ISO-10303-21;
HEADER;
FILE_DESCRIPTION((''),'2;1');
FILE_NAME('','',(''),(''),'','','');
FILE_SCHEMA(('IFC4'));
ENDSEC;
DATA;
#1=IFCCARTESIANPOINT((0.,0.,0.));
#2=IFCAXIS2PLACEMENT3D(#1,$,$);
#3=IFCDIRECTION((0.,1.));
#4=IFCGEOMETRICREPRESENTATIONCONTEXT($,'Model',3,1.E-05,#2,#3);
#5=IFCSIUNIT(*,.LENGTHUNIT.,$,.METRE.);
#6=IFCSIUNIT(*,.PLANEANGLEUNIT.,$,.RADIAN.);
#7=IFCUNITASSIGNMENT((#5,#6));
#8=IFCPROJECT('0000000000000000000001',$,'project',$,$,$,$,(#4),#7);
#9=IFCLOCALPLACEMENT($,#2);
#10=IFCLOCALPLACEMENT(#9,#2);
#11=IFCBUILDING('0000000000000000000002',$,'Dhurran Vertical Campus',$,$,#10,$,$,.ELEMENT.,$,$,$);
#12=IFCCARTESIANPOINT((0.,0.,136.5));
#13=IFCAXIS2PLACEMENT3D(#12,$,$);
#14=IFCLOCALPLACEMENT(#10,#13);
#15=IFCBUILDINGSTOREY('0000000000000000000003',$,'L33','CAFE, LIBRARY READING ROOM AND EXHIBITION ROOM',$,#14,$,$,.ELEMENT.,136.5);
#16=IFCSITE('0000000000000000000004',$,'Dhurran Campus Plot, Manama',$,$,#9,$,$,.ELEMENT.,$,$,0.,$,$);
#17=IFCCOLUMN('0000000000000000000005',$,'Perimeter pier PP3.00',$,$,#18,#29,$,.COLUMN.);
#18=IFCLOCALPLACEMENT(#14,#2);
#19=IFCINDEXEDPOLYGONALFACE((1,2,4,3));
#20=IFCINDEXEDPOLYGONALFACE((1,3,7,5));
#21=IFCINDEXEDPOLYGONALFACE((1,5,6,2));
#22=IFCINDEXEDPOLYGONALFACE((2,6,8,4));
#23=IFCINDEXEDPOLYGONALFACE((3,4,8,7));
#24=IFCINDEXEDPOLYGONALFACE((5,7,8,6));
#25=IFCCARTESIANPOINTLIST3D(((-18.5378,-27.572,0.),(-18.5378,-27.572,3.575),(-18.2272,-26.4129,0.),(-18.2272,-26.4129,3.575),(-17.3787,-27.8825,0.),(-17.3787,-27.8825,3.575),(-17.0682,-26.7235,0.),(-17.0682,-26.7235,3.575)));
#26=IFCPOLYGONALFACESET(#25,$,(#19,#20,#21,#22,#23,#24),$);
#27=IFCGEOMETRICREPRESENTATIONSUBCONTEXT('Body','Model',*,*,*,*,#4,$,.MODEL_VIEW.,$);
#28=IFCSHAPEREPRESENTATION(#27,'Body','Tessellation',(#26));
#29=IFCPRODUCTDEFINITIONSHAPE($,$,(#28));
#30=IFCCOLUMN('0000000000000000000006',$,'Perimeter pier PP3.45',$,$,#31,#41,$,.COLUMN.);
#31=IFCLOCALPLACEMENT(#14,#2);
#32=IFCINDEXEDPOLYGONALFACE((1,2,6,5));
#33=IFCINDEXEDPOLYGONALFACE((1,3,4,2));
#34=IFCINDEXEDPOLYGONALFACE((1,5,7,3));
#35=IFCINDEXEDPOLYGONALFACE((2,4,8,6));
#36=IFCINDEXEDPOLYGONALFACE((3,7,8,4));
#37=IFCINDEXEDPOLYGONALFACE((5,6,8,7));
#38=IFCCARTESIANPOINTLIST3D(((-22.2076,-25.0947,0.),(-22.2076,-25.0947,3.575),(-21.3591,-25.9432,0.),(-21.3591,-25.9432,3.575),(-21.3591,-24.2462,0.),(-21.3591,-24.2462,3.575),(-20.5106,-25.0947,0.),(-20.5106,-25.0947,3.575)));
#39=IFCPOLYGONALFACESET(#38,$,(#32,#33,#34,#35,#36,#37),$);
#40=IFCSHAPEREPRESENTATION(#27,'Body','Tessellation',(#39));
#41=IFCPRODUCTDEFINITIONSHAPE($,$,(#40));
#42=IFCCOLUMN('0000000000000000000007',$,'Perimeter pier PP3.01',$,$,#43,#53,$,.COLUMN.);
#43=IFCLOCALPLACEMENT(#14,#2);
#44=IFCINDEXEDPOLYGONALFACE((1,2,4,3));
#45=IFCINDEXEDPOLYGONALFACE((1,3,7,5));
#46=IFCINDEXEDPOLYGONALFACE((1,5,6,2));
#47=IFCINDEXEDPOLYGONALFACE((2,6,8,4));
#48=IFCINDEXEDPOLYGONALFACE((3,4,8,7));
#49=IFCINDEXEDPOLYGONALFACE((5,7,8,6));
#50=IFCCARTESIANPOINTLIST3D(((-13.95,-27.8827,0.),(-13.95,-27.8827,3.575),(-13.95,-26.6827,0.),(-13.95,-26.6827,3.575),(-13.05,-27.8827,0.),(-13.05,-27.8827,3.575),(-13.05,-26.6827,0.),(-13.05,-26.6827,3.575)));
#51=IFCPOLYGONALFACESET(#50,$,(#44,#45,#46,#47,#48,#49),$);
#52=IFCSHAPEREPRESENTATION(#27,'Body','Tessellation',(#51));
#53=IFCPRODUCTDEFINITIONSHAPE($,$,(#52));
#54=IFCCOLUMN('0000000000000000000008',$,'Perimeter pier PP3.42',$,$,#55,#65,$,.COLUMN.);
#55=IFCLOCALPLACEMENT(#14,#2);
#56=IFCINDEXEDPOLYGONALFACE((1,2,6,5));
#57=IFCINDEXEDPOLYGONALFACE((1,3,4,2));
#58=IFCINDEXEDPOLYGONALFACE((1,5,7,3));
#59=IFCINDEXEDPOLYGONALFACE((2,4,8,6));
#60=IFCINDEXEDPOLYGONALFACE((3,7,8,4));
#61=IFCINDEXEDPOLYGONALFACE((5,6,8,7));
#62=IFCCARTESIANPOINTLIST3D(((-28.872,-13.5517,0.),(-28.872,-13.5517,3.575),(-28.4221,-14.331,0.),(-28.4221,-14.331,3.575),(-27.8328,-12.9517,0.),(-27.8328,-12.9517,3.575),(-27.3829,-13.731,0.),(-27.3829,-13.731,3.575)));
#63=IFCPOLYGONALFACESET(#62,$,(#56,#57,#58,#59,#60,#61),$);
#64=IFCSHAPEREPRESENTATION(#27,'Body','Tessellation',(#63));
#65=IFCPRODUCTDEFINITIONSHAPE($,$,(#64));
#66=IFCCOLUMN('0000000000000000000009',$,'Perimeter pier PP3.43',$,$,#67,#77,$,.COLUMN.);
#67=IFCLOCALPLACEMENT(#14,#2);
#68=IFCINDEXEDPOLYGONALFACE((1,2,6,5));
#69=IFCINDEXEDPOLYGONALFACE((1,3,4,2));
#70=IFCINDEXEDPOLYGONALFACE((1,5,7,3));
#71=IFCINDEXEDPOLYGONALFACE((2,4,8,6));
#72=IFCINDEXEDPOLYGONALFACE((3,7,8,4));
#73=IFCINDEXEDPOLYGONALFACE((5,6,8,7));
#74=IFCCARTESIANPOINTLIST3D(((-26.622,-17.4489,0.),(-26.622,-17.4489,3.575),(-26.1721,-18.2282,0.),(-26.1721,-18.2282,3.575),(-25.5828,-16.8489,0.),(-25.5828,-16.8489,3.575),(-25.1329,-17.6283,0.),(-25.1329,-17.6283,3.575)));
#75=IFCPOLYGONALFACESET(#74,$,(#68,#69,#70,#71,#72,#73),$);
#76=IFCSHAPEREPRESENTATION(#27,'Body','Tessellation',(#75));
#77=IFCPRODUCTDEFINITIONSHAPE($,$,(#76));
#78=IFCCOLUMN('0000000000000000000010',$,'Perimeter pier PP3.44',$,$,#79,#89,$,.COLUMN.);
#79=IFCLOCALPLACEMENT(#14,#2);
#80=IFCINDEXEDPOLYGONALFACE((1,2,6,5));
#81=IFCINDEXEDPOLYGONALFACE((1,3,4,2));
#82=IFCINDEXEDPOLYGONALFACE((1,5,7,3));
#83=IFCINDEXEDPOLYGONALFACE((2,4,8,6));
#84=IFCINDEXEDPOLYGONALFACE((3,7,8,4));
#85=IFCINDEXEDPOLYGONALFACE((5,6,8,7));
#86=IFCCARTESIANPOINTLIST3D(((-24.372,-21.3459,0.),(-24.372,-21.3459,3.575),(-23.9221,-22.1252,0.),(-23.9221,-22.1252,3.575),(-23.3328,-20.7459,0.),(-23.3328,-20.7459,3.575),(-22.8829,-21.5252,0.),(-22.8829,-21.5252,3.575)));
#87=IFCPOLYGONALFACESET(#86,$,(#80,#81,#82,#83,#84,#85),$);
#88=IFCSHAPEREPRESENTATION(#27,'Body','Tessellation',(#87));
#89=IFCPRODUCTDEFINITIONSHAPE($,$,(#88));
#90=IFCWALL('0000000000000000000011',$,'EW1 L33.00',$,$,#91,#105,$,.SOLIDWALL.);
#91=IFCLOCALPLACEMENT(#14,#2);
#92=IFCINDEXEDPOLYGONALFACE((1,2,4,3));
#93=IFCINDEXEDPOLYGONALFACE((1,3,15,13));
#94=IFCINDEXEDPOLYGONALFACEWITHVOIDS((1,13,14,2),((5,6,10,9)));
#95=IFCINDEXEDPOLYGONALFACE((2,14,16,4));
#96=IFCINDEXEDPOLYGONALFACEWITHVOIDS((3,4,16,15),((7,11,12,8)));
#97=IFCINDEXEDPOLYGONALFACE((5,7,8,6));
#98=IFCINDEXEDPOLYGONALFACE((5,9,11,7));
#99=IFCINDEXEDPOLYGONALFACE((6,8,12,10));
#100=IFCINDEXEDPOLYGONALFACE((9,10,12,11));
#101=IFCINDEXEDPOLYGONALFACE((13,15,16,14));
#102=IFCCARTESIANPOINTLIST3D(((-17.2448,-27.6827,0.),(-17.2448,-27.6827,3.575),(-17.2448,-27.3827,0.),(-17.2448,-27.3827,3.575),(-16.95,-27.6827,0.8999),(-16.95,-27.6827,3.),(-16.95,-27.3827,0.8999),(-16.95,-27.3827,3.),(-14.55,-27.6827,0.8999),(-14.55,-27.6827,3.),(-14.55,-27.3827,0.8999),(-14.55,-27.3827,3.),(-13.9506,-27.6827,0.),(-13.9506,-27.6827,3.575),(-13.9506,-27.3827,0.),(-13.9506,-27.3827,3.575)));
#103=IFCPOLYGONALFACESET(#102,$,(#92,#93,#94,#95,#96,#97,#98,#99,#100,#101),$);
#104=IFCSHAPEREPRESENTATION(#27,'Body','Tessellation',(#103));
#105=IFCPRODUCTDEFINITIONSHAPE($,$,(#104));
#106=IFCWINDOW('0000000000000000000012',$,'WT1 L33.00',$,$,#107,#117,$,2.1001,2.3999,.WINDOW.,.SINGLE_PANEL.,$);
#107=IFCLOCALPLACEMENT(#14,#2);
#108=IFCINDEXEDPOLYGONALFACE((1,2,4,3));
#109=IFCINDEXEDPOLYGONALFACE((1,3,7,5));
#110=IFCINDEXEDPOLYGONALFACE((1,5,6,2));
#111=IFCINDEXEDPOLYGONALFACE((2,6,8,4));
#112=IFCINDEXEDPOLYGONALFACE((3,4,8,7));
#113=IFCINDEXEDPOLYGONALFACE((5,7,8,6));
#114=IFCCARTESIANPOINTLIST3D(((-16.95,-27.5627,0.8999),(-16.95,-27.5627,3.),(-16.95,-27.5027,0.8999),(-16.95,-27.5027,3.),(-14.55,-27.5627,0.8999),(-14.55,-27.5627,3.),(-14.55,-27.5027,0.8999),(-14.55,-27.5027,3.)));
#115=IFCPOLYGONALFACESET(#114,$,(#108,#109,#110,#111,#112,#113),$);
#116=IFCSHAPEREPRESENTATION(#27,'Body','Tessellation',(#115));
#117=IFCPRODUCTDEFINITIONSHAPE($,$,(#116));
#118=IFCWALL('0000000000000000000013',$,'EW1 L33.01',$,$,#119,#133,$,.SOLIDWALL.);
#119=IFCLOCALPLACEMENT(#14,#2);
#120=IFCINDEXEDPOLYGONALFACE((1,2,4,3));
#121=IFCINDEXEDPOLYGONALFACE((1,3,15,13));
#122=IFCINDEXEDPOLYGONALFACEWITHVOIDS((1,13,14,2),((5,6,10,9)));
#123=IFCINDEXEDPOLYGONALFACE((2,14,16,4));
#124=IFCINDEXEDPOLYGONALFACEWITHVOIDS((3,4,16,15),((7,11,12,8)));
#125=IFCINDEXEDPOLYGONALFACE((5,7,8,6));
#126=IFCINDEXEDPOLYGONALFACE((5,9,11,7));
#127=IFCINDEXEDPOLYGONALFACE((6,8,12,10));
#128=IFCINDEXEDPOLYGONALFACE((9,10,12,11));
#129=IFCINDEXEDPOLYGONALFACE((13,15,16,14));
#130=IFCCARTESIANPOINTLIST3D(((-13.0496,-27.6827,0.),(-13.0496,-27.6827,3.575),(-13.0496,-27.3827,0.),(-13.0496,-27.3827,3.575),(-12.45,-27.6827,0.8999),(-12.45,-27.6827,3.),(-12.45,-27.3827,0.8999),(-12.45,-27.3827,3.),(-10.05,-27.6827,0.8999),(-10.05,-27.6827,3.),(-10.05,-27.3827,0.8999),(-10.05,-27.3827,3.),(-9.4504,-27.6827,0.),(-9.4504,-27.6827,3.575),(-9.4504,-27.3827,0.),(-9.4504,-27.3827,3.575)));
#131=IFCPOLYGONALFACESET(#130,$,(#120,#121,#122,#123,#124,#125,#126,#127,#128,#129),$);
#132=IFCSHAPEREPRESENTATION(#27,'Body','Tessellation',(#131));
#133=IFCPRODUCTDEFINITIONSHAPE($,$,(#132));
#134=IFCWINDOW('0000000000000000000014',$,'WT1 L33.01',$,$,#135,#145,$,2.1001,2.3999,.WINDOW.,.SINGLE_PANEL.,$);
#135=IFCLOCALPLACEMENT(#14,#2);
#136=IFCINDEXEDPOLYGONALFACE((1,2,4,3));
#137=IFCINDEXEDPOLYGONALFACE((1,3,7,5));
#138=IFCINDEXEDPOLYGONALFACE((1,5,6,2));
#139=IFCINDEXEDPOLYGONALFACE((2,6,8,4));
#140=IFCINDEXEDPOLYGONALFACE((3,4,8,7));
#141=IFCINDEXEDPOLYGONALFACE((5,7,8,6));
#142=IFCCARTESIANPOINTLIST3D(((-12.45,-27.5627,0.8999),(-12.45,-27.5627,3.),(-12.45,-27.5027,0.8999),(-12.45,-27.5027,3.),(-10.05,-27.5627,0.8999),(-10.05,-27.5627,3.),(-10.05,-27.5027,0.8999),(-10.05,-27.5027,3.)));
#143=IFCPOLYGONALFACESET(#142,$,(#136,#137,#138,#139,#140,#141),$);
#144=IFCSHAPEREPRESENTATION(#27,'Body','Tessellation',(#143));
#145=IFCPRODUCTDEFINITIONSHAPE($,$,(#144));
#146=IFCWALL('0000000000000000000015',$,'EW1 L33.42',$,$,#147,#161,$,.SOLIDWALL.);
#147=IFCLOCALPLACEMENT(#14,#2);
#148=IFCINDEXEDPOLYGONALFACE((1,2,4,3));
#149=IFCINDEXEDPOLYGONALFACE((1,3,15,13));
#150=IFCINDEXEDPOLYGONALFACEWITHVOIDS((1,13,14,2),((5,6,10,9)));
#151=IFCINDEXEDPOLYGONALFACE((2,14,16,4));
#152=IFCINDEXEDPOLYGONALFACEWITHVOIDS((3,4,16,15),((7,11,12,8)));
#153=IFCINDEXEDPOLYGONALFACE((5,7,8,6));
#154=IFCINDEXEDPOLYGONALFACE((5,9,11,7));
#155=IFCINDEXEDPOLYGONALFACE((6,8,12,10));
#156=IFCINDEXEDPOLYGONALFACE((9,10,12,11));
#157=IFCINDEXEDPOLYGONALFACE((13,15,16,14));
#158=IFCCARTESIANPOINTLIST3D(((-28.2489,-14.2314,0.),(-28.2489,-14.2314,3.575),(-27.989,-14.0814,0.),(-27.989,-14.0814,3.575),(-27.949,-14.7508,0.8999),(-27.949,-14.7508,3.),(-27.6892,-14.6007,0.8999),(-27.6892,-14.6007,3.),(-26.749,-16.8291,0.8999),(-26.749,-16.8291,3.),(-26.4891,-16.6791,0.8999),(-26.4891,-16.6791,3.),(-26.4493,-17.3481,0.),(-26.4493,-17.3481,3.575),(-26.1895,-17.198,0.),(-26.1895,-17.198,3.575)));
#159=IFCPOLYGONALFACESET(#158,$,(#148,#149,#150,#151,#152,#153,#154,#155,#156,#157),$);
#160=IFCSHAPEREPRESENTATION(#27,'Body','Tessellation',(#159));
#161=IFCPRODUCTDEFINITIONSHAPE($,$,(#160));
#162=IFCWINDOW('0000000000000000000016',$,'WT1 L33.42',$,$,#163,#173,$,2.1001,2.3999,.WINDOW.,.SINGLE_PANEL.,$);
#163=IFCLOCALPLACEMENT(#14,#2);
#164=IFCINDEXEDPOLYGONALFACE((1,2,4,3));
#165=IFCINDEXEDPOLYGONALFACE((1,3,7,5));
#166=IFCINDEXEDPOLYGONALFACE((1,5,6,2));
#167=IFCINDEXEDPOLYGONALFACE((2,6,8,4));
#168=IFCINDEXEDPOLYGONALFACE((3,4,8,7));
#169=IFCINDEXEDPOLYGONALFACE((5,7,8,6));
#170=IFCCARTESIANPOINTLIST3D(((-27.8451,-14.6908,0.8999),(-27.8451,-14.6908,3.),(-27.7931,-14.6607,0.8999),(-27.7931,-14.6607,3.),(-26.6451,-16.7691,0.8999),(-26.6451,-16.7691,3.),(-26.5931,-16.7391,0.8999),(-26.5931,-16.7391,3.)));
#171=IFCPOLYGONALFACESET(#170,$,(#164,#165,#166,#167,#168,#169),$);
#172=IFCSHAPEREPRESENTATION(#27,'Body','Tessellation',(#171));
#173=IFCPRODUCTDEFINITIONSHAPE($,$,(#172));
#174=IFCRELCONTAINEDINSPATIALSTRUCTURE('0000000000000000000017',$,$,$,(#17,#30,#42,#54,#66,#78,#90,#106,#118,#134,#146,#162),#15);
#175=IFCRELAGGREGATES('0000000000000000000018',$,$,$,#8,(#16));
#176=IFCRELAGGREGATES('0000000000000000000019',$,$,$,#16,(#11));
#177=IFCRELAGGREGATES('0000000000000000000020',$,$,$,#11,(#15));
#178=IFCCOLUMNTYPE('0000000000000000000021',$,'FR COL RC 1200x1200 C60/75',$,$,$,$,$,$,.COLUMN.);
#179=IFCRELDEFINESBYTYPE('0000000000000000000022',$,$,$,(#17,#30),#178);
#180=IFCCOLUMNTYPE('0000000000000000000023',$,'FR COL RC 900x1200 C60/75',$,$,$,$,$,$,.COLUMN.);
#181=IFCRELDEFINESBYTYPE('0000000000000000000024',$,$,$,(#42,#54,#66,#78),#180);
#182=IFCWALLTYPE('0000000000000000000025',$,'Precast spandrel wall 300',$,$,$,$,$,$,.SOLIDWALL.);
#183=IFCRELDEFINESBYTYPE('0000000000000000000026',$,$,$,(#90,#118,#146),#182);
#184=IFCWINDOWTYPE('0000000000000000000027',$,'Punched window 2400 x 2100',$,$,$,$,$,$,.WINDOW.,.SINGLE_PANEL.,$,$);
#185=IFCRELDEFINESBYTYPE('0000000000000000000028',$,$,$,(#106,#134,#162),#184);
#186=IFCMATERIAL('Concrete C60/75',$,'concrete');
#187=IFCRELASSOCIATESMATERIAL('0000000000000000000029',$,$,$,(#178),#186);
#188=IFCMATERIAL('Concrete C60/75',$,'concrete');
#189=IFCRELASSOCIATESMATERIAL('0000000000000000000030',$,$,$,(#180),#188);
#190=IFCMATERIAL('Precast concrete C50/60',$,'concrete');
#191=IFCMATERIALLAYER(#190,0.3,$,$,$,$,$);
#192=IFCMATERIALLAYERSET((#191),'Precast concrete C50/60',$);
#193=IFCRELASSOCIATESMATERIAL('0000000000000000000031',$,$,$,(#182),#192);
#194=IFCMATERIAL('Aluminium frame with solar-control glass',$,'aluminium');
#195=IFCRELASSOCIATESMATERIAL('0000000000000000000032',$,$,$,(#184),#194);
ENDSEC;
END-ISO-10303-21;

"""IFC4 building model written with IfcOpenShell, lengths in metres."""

from ifc_helpers import new_model, si_unit, direction, frame, frame_2d, origin, origin_2d, place, context, subcontext, project, spatial, rectangle, extrude, material, layer, layer_set, material_profile, profile_set, type_object, element, fill, save


model = new_model("IFC4")

# Units and contexts
model_context = context("Model", 3, precision=1e-05, world=origin(), true_north=direction((0.0, 1.0)))
body_context = subcontext(model_context, "Body", "Model", "MODEL_VIEW")
ifc_project = project(units=[si_unit("LENGTHUNIT", "METRE"), si_unit("PLANEANGLEUNIT", "RADIAN")], contexts=[model_context])

# Site, building, storey
site_placement = place(None, origin())
site = spatial("IfcSite", under=ifc_project, at=site_placement, Name="Dhurran Campus Plot, Manama", CompositionType="ELEMENT", RefElevation=0.0)
building_placement = place(site_placement, origin())
building = spatial("IfcBuilding", under=site, at=building_placement, Name="Dhurran Vertical Campus", CompositionType="ELEMENT")
storey_placement = place(building_placement, frame((0.0, 0.0, 136.5)))
storey = spatial("IfcBuildingStorey", under=building, at=storey_placement, Name="L33", Description="CAFE, LIBRARY READING ROOM AND EXHIBITION ROOM", CompositionType="ELEMENT", Elevation=136.5)

# Columns
ifc_material_1 = material(Name="Concrete C60/75", Category="concrete")
ifc_material_profile_1 = material_profile(ifc_material_1, rectangle(XDim=1.2, YDim=1.2, at=origin_2d()), Name="RC 1200x1200")
ifc_profile_set_1 = profile_set([ifc_material_profile_1], Name="Concrete C60/75")
column_type_1 = type_object("IfcColumnType", Name="FR COL RC 1200x1200 C60/75", PredefinedType="COLUMN", material=ifc_profile_set_1)
for number, where, z_axis, x_axis, name in (
    (1, (-17.803, -27.1477, 0.0), (0.0, 0.0, 1.0), (0.965926, -0.258819, 0.0), "Perimeter pier PP3.00"),
    (2, (-21.3591, -25.0947, 0.0), (0.0, 0.0, 1.0), (0.707107, -0.707107, 0.0), "Perimeter pier PP3.45"),
):
    element("IfcColumn", number, at=place(storey_placement, frame(where, z_axis=z_axis, x_axis=x_axis)), inside=storey, type_object=column_type_1, Name=name, PredefinedType="COLUMN", context=body_context, shape_type="SweptSolid", body=[
        extrude(rectangle(XDim=1.2, YDim=1.2, at=origin_2d()), origin(), (0.0, 0.0, 1.0), 3.575),
    ])
ifc_material_2 = material(Name="Concrete C60/75", Category="concrete")
ifc_material_profile_2 = material_profile(ifc_material_2, rectangle(XDim=0.8999, YDim=1.2, at=origin_2d()), Name="RC 900x1200")
ifc_profile_set_2 = profile_set([ifc_material_profile_2], Name="Concrete C60/75")
column_type_2 = type_object("IfcColumnType", Name="FR COL RC 900x1200 C60/75", PredefinedType="COLUMN", material=ifc_profile_set_2)
for number, where, z_axis, x_axis, name in (
    (3, (-13.5, -27.2827, 0.0), (0.0, 0.0, 1.0), (1.0, 0.0, 0.0), "Perimeter pier PP3.01"),
    (4, (-28.1274, -13.6414, 0.0), (0.0, 0.0, 1.0), (0.5, -0.866025, 0.0), "Perimeter pier PP3.42"),
    (5, (-25.8774, -17.5386, 0.0), (0.0, 0.0, 1.0), (0.5, -0.866025, 0.0), "Perimeter pier PP3.43"),
    (6, (-23.6274, -21.4355, 0.0), (0.0, 0.0, 1.0), (0.5, -0.866025, 0.0), "Perimeter pier PP3.44"),
):
    element("IfcColumn", number, at=place(storey_placement, frame(where, z_axis=z_axis, x_axis=x_axis)), inside=storey, type_object=column_type_2, Name=name, PredefinedType="COLUMN", context=body_context, shape_type="SweptSolid", body=[
        extrude(rectangle(XDim=0.8999, YDim=1.2, at=origin_2d()), origin(), (0.0, 0.0, 1.0), 3.575),
    ])

# Walls, openings, windows
ifc_material_3 = material(Name="Precast concrete C50/60", Category="concrete")
ifc_layer_1 = layer(ifc_material_3, 0.3)
ifc_layer_set_1 = layer_set([ifc_layer_1], Name="Precast concrete C50/60")
wall_type_1 = type_object("IfcWallType", Name="Precast spandrel wall 300", PredefinedType="SOLIDWALL", material=ifc_layer_set_1)
wall_1_placement = place(storey_placement, frame((-17.2446, -27.5327, 0.0), z_axis=(0.0, 0.0, 1.0), x_axis=(1.0, 0.0, 0.0)))
wall_1 = element("IfcWall", 7, at=wall_1_placement, inside=storey, type_object=wall_type_1, Name="EW1 L33.00", PredefinedType="SOLIDWALL", context=body_context, shape_type="SweptSolid", body=[
    extrude(rectangle(XDim=3.2942, YDim=0.3, at=frame_2d((1.647, 0.0))), origin(), (0.0, 0.0, 1.0), 3.575),
])
opening_1_placement = place(wall_1_placement, frame((0.2947, 0.0, 0.8999)))
opening_1 = element("IfcOpeningElement", 8, at=opening_1_placement, cuts=wall_1, PredefinedType="OPENING", context=body_context, shape_type="SweptSolid", body=[
    extrude(rectangle(XDim=2.3999, YDim=2.1001, at=frame_2d((1.2, 1.05))), frame((0.0, 0.1599, 0.0), z_axis=(0.0, -1.0, 0.0), x_axis=(1.0, 0.0, 0.0)), (0.0, 0.0, 1.0), 0.3201),
])
ifc_material_4 = material(Name="Aluminium frame with solar-control glass", Category="aluminium")
window_type = type_object("IfcWindowType", Name="Punched window 2400 x 2100", PartitioningType="SINGLE_PANEL", PredefinedType="WINDOW", material=ifc_material_4)
window_1_placement = place(opening_1_placement, origin())
window_1 = element("IfcWindow", 9, at=window_1_placement, inside=storey, type_object=window_type, Name="WT1 L33.00", OverallHeight=2.1001, OverallWidth=2.3999, PartitioningType="SINGLE_PANEL", PredefinedType="WINDOW", context=body_context, shape_type="SweptSolid", body=[
    extrude(rectangle(XDim=2.3999, YDim=2.1001, at=frame_2d((1.2, 1.05))), frame((0.0, 0.03, 0.0), z_axis=(0.0, -1.0, 0.0), x_axis=(1.0, 0.0, 0.0)), (0.0, 0.0, 1.0), 0.0601),
])
fill(opening_1, window_1)
wall_2_placement = place(storey_placement, frame((-13.0496, -27.5327, 0.0), z_axis=(0.0, 0.0, 1.0), x_axis=(1.0, 0.0, 0.0)))
wall_2 = element("IfcWall", 10, at=wall_2_placement, inside=storey, type_object=wall_type_1, Name="EW1 L33.01", PredefinedType="SOLIDWALL", context=body_context, shape_type="SweptSolid", body=[
    extrude(rectangle(XDim=3.5991, YDim=0.3, at=frame_2d((1.7996, 0.0))), origin(), (0.0, 0.0, 1.0), 3.575),
])
opening_2_placement = place(wall_2_placement, frame((0.5996, 0.0, 0.8999)))
opening_2 = element("IfcOpeningElement", 11, at=opening_2_placement, cuts=wall_2, PredefinedType="OPENING", context=body_context, shape_type="SweptSolid", body=[
    extrude(rectangle(XDim=2.3999, YDim=2.1001, at=frame_2d((1.2, 1.05))), frame((0.0, 0.1599, 0.0), z_axis=(0.0, -1.0, 0.0), x_axis=(1.0, 0.0, 0.0)), (0.0, 0.0, 1.0), 0.3201),
])
window_2_placement = place(opening_2_placement, origin())
window_2 = element("IfcWindow", 12, at=window_2_placement, inside=storey, type_object=window_type, Name="WT1 L33.01", OverallHeight=2.1001, OverallWidth=2.3999, PartitioningType="SINGLE_PANEL", PredefinedType="WINDOW", context=body_context, shape_type="SweptSolid", body=[
    extrude(rectangle(XDim=2.3999, YDim=2.1001, at=frame_2d((1.2, 1.05))), frame((0.0, 0.03, 0.0), z_axis=(0.0, -1.0, 0.0), x_axis=(1.0, 0.0, 0.0)), (0.0, 0.0, 1.0), 0.0601),
])
fill(opening_2, window_2)
wall_3_placement = place(storey_placement, frame((-28.1189, -14.1565, 0.0), z_axis=(0.0, 0.0, 1.0), x_axis=(0.500028, -0.866009, 0.0)))
wall_3 = element("IfcWall", 13, at=wall_3_placement, inside=storey, type_object=wall_type_1, Name="EW1 L33.42", PredefinedType="SOLIDWALL", context=body_context, shape_type="SweptSolid", body=[
    extrude(rectangle(XDim=3.5989, YDim=0.3, at=frame_2d((1.7993, 0.0))), origin(), (0.0, 0.0, 1.0), 3.575),
])
opening_3_placement = place(wall_3_placement, frame((0.5996, 0.0, 0.8999)))
opening_3 = element("IfcOpeningElement", 14, at=opening_3_placement, cuts=wall_3, PredefinedType="OPENING", context=body_context, shape_type="SweptSolid", body=[
    extrude(rectangle(XDim=2.3999, YDim=2.1001, at=frame_2d((1.2, 1.05))), frame((0.0, 0.1599, 0.0), z_axis=(0.0, -1.0, 0.0), x_axis=(1.0, 0.0, 0.0)), (0.0, 0.0, 1.0), 0.3201),
])
window_3_placement = place(opening_3_placement, origin())
window_3 = element("IfcWindow", 15, at=window_3_placement, inside=storey, type_object=window_type, Name="WT1 L33.42", OverallHeight=2.1001, OverallWidth=2.3999, PartitioningType="SINGLE_PANEL", PredefinedType="WINDOW", context=body_context, shape_type="SweptSolid", body=[
    extrude(rectangle(XDim=2.3999, YDim=2.1001, at=frame_2d((1.2, 1.05))), frame((0.0, 0.03, 0.0), z_axis=(0.0, -1.0, 0.0), x_axis=(1.0, 0.0, 0.0)), (0.0, 0.0, 1.0), 0.0601),
])
fill(opening_3, window_3)

save(model, "model.ifc")
